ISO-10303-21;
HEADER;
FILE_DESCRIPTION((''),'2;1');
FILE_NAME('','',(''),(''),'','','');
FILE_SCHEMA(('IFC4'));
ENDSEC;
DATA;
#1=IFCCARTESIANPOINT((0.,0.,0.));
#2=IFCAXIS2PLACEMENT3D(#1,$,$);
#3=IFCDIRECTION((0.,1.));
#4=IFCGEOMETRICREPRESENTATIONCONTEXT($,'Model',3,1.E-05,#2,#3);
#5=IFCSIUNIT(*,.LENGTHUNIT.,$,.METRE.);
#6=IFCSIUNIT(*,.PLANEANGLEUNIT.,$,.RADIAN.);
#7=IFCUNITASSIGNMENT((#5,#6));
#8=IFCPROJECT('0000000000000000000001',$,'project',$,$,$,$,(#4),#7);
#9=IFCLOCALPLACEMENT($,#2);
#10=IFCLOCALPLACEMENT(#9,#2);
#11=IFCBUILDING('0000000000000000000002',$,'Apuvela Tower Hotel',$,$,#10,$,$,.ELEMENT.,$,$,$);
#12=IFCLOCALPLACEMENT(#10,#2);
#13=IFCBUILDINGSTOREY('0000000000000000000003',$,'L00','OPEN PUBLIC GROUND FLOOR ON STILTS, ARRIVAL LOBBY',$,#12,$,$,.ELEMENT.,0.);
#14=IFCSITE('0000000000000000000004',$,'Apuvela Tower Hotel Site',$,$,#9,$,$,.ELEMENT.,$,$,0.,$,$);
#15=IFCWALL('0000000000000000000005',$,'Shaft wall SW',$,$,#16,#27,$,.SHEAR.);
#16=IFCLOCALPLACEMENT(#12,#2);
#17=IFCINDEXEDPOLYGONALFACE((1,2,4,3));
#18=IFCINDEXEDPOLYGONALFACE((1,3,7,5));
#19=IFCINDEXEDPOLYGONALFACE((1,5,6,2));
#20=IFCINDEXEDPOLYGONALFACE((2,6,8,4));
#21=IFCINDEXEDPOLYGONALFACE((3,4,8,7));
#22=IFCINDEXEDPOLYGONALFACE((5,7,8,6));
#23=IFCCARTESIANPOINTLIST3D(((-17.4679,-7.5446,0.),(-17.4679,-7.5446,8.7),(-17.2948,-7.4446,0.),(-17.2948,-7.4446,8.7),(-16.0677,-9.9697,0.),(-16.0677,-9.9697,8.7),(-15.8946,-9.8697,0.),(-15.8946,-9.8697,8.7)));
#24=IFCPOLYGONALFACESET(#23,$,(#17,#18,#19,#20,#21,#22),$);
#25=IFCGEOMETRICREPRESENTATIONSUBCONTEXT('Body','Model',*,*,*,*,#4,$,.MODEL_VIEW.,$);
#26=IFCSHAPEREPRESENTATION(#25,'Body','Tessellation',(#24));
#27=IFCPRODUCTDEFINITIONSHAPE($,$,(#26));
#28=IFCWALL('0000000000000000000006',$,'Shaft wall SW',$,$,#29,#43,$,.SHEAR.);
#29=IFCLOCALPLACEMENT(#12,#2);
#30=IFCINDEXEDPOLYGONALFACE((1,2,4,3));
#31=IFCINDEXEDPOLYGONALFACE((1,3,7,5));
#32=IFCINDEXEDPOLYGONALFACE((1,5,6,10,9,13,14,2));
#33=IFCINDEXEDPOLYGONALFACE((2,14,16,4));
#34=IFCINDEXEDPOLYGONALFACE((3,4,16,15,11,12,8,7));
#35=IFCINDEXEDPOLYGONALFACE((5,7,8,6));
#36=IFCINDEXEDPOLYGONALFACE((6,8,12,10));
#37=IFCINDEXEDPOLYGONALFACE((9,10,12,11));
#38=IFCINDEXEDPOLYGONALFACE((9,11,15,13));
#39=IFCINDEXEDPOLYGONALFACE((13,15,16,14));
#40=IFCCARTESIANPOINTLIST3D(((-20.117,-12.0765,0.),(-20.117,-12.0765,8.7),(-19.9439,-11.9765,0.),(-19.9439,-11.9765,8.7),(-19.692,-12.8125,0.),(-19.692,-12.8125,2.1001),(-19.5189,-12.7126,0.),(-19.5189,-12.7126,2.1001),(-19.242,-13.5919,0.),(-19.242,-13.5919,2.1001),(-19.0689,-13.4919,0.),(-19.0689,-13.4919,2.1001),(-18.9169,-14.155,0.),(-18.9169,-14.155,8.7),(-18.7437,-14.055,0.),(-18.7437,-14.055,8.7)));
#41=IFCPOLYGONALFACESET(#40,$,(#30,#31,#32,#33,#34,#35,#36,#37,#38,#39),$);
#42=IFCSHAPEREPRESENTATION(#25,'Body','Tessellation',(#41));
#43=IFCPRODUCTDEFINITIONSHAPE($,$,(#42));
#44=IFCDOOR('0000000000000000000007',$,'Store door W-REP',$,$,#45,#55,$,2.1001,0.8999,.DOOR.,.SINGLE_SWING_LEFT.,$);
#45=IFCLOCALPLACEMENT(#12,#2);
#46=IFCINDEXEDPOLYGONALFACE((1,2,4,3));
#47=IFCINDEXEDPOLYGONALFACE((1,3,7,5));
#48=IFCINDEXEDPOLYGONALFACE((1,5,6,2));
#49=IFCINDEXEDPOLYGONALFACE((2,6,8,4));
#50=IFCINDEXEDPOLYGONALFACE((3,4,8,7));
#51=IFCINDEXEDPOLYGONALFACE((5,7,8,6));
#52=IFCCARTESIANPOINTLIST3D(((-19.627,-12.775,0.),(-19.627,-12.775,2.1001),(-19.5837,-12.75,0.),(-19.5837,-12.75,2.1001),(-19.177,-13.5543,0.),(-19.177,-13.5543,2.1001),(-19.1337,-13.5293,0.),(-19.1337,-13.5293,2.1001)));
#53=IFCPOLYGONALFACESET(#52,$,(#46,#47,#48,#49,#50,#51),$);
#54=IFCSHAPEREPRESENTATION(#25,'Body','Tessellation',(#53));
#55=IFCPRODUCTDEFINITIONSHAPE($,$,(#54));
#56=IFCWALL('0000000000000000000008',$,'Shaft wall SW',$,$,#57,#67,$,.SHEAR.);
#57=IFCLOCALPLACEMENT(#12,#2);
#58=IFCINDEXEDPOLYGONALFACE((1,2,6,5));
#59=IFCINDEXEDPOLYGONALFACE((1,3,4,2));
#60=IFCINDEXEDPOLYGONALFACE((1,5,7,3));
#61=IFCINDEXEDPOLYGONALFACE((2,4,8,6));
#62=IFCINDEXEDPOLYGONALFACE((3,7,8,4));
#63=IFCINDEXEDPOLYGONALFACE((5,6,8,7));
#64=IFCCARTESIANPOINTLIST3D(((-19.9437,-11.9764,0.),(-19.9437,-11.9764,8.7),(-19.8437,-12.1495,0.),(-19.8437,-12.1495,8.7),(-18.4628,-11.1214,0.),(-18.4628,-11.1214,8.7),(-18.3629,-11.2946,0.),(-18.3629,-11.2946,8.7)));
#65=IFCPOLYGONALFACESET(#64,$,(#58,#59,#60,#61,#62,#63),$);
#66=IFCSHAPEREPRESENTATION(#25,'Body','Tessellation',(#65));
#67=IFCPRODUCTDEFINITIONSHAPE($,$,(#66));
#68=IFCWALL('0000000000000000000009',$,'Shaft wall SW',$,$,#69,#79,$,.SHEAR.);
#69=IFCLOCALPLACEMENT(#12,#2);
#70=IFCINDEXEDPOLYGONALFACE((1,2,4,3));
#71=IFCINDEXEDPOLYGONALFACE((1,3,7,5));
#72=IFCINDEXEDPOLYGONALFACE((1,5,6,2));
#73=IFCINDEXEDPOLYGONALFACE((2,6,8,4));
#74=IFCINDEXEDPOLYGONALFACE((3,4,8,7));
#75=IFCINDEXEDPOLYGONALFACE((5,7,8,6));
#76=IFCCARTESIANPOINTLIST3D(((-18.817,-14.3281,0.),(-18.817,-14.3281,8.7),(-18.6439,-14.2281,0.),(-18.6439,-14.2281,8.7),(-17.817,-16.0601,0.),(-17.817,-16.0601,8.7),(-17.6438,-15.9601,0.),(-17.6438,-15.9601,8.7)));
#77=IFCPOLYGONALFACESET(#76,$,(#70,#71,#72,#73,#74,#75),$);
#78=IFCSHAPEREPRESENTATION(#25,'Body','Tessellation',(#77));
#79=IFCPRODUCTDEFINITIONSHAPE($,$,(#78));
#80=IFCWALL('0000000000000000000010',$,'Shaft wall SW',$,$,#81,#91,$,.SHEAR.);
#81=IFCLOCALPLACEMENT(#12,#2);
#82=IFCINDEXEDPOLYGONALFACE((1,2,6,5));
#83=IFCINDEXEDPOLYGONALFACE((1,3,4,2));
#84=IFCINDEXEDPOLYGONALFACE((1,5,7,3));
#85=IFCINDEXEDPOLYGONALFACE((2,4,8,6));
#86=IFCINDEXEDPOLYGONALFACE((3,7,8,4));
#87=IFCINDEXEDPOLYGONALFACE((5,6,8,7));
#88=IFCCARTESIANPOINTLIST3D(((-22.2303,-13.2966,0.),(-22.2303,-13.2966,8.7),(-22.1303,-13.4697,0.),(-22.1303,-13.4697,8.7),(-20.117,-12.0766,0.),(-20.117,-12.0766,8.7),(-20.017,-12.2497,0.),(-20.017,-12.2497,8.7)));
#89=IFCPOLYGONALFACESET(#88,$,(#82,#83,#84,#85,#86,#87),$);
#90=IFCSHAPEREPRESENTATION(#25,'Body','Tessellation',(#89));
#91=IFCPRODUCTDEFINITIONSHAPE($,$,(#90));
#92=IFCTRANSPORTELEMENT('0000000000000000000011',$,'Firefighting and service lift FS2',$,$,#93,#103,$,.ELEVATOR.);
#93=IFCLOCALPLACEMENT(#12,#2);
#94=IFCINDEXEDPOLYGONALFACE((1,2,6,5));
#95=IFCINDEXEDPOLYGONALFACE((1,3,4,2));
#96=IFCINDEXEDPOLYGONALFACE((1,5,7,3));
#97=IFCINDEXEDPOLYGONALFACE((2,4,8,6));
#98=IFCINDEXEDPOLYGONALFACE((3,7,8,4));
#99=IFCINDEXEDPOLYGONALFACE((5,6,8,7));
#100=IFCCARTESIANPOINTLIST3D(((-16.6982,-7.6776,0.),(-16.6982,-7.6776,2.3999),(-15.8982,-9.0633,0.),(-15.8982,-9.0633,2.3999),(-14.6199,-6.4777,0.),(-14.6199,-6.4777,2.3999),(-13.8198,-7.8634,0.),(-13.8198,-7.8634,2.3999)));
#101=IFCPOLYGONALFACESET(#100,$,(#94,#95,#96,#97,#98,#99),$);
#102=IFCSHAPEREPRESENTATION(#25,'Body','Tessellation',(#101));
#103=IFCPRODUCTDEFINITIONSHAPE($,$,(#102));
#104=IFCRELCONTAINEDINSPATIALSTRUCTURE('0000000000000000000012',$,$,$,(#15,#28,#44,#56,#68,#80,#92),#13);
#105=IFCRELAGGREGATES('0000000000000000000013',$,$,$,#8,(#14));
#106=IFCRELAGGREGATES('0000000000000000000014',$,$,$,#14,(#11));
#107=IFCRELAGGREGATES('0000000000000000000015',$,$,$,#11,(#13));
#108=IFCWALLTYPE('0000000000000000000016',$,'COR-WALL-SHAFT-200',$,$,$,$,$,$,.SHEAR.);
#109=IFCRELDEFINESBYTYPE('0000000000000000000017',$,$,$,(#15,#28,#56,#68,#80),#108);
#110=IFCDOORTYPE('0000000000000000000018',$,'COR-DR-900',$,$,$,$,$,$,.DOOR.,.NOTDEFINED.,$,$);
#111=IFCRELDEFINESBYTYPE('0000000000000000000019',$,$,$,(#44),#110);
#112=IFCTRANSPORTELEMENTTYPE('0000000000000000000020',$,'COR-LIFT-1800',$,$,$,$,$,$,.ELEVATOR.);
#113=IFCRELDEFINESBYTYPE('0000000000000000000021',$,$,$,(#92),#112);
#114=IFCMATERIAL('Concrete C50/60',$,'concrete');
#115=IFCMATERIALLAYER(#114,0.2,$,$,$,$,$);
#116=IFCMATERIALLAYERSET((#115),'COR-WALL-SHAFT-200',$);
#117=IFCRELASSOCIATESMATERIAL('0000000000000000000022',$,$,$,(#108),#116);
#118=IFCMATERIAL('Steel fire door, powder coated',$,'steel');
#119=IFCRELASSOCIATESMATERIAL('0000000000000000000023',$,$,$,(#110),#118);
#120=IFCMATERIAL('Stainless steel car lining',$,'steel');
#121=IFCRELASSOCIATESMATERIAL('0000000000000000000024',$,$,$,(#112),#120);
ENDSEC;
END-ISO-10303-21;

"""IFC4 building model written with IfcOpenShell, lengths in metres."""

from ifc_helpers import new_model, si_unit, direction, frame, frame_2d, origin, origin_2d, place, context, subcontext, project, spatial, rectangle, extrude, material, layer, layer_set, type_object, element, fill, save


model = new_model("IFC4")

# Units and contexts
model_context = context("Model", 3, precision=1e-05, world=origin(), true_north=direction((0.0, 1.0)))
body_context = subcontext(model_context, "Body", "Model", "MODEL_VIEW")
ifc_project = project(units=[si_unit("LENGTHUNIT", "METRE"), si_unit("PLANEANGLEUNIT", "RADIAN")], contexts=[model_context])

# Site, building, storey
site_placement = place(None, origin())
site = spatial("IfcSite", under=ifc_project, at=site_placement, Name="Apuvela Tower Hotel Site", CompositionType="ELEMENT", RefElevation=0.0)
building_placement = place(site_placement, origin())
building = spatial("IfcBuilding", under=site, at=building_placement, Name="Apuvela Tower Hotel", CompositionType="ELEMENT")
storey_placement = place(building_placement, origin())
storey = spatial("IfcBuildingStorey", under=building, at=storey_placement, Name="L00", Description="OPEN PUBLIC GROUND FLOOR ON STILTS, ARRIVAL LOBBY", CompositionType="ELEMENT", Elevation=0.0)

# Wall
ifc_material_1 = material(Name="Concrete C50/60", Category="concrete")
ifc_layer_1 = layer(ifc_material_1, 0.2)
ifc_layer_set_1 = layer_set([ifc_layer_1], Name="COR-WALL-SHAFT-200")
wall_type_1 = type_object("IfcWallType", Name="COR-WALL-SHAFT-200", PredefinedType="SHEAR", material=ifc_layer_set_1)
wall_1_placement = place(storey_placement, frame((-17.3813, -7.4946, 0.0), z_axis=(0.0, 0.0, 1.0), x_axis=(0.500012, -0.866019, 0.0)))
element("IfcWall", 1, at=wall_1_placement, inside=storey, type_object=wall_type_1, Name="Shaft wall SW", PredefinedType="SHEAR", context=body_context, shape_type="SweptSolid", body=[
    extrude(rectangle(XDim=2.8003, YDim=0.2, at=frame_2d((1.4001, 0.0))), origin(), (0.0, 0.0, 1.0), 8.7),
])

# Wall, opening, door
wall_2_placement = place(storey_placement, frame((-20.0305, -12.0264, 0.0), z_axis=(0.0, 0.0, 1.0), x_axis=(0.500034, -0.866006, 0.0)))
wall_2 = element("IfcWall", 2, at=wall_2_placement, inside=storey, type_object=wall_type_1, Name="Shaft wall SW", PredefinedType="SHEAR", context=body_context, shape_type="SweptSolid", body=[
    extrude(rectangle(XDim=2.4001, YDim=0.2, at=frame_2d((1.2002, 0.0))), origin(), (0.0, 0.0, 1.0), 8.7),
])
opening_placement = place(wall_2_placement, frame((0.8501, 0.0, 0.0)))
opening = element("IfcOpeningElement", 3, at=opening_placement, cuts=wall_2, PredefinedType="OPENING", context=body_context, shape_type="SweptSolid", body=[
    extrude(rectangle(XDim=0.8999, YDim=2.1001, at=frame_2d((0.45, 1.05))), frame((0.0, 0.1099, 0.0), z_axis=(0.0, -1.0, 0.0), x_axis=(1.0, 0.0, 0.0)), (0.0, 0.0, 1.0), 0.22),
])
ifc_material_2 = material(Name="Steel fire door, powder coated", Category="steel")
door_type = type_object("IfcDoorType", Name="COR-DR-900", OperationType="NOTDEFINED", PredefinedType="DOOR", material=ifc_material_2)
door_placement = place(opening_placement, frame((0.8999, 0.0, 0.0), z_axis=(0.0, 0.0, 1.0), x_axis=(-1.0, 0.0, 0.0)))
door = element("IfcDoor", 4, at=door_placement, inside=storey, type_object=door_type, Name="Store door W-REP", OperationType="SINGLE_SWING_LEFT", OverallHeight=2.1001, OverallWidth=0.8999, PredefinedType="DOOR", context=body_context, shape_type="SweptSolid", body=[
    extrude(rectangle(XDim=0.8999, YDim=2.1001, at=frame_2d((0.45, 1.05))), frame((0.0, 0.0249, 0.0), z_axis=(0.0, -1.0, 0.0), x_axis=(1.0, 0.0, 0.0)), (0.0, 0.0, 1.0), 0.05),
])
fill(opening, door)

# Walls
wall_3_placement = place(storey_placement, frame((-18.4128, -11.208, 0.0), z_axis=(0.0, 0.0, 1.0), x_axis=(-0.866038, -0.499978, 0.0)))
element("IfcWall", 5, at=wall_3_placement, inside=storey, type_object=wall_type_1, Name="Shaft wall SW", PredefinedType="SHEAR", context=body_context, shape_type="SweptSolid", body=[
    extrude(rectangle(XDim=1.71, YDim=0.2, at=frame_2d((0.855, 0.0))), origin(), (0.0, 0.0, 1.0), 8.7),
])
wall_4_placement = place(storey_placement, frame((-18.7305, -14.2781, 0.0), z_axis=(0.0, 0.0, 1.0), x_axis=(0.500025, -0.866011, 0.0)))
element("IfcWall", 6, at=wall_4_placement, inside=storey, type_object=wall_type_1, Name="Shaft wall SW", PredefinedType="SHEAR", context=body_context, shape_type="SweptSolid", body=[
    extrude(rectangle(XDim=2.0, YDim=0.2, at=frame_2d((1.0, 0.0))), origin(), (0.0, 0.0, 1.0), 8.7),
])
wall_5_placement = place(storey_placement, frame((-20.0669, -12.1631, 0.0), z_axis=(0.0, 0.0, 1.0), x_axis=(-0.866049, -0.499959, 0.0)))
element("IfcWall", 7, at=wall_5_placement, inside=storey, type_object=wall_type_1, Name="Shaft wall SW", PredefinedType="SHEAR", context=body_context, shape_type="SweptSolid", body=[
    extrude(rectangle(XDim=2.4402, YDim=0.2, at=frame_2d((1.2202, 0.0))), origin(), (0.0, 0.0, 1.0), 8.7),
])

# Transport element
ifc_material_3 = material(Name="Stainless steel car lining", Category="steel")
transport_element_type = type_object("IfcTransportElementType", Name="COR-LIFT-1800", PredefinedType="ELEVATOR", material=ifc_material_3)
transport_element_placement = place(storey_placement, frame((-15.259, -7.7705, 0.0), z_axis=(0.0, 0.0, 1.0), x_axis=(-0.866025, -0.5, 0.0)))
element("IfcTransportElement", 8, at=transport_element_placement, inside=storey, type_object=transport_element_type, Name="Firefighting and service lift FS2", PredefinedType="ELEVATOR", context=body_context, shape_type="SweptSolid", body=[
    extrude(rectangle(XDim=2.3999, YDim=1.6001, at=origin_2d()), origin(), (0.0, 0.0, 1.0), 2.3999),
])

save(model, "model.ifc")
